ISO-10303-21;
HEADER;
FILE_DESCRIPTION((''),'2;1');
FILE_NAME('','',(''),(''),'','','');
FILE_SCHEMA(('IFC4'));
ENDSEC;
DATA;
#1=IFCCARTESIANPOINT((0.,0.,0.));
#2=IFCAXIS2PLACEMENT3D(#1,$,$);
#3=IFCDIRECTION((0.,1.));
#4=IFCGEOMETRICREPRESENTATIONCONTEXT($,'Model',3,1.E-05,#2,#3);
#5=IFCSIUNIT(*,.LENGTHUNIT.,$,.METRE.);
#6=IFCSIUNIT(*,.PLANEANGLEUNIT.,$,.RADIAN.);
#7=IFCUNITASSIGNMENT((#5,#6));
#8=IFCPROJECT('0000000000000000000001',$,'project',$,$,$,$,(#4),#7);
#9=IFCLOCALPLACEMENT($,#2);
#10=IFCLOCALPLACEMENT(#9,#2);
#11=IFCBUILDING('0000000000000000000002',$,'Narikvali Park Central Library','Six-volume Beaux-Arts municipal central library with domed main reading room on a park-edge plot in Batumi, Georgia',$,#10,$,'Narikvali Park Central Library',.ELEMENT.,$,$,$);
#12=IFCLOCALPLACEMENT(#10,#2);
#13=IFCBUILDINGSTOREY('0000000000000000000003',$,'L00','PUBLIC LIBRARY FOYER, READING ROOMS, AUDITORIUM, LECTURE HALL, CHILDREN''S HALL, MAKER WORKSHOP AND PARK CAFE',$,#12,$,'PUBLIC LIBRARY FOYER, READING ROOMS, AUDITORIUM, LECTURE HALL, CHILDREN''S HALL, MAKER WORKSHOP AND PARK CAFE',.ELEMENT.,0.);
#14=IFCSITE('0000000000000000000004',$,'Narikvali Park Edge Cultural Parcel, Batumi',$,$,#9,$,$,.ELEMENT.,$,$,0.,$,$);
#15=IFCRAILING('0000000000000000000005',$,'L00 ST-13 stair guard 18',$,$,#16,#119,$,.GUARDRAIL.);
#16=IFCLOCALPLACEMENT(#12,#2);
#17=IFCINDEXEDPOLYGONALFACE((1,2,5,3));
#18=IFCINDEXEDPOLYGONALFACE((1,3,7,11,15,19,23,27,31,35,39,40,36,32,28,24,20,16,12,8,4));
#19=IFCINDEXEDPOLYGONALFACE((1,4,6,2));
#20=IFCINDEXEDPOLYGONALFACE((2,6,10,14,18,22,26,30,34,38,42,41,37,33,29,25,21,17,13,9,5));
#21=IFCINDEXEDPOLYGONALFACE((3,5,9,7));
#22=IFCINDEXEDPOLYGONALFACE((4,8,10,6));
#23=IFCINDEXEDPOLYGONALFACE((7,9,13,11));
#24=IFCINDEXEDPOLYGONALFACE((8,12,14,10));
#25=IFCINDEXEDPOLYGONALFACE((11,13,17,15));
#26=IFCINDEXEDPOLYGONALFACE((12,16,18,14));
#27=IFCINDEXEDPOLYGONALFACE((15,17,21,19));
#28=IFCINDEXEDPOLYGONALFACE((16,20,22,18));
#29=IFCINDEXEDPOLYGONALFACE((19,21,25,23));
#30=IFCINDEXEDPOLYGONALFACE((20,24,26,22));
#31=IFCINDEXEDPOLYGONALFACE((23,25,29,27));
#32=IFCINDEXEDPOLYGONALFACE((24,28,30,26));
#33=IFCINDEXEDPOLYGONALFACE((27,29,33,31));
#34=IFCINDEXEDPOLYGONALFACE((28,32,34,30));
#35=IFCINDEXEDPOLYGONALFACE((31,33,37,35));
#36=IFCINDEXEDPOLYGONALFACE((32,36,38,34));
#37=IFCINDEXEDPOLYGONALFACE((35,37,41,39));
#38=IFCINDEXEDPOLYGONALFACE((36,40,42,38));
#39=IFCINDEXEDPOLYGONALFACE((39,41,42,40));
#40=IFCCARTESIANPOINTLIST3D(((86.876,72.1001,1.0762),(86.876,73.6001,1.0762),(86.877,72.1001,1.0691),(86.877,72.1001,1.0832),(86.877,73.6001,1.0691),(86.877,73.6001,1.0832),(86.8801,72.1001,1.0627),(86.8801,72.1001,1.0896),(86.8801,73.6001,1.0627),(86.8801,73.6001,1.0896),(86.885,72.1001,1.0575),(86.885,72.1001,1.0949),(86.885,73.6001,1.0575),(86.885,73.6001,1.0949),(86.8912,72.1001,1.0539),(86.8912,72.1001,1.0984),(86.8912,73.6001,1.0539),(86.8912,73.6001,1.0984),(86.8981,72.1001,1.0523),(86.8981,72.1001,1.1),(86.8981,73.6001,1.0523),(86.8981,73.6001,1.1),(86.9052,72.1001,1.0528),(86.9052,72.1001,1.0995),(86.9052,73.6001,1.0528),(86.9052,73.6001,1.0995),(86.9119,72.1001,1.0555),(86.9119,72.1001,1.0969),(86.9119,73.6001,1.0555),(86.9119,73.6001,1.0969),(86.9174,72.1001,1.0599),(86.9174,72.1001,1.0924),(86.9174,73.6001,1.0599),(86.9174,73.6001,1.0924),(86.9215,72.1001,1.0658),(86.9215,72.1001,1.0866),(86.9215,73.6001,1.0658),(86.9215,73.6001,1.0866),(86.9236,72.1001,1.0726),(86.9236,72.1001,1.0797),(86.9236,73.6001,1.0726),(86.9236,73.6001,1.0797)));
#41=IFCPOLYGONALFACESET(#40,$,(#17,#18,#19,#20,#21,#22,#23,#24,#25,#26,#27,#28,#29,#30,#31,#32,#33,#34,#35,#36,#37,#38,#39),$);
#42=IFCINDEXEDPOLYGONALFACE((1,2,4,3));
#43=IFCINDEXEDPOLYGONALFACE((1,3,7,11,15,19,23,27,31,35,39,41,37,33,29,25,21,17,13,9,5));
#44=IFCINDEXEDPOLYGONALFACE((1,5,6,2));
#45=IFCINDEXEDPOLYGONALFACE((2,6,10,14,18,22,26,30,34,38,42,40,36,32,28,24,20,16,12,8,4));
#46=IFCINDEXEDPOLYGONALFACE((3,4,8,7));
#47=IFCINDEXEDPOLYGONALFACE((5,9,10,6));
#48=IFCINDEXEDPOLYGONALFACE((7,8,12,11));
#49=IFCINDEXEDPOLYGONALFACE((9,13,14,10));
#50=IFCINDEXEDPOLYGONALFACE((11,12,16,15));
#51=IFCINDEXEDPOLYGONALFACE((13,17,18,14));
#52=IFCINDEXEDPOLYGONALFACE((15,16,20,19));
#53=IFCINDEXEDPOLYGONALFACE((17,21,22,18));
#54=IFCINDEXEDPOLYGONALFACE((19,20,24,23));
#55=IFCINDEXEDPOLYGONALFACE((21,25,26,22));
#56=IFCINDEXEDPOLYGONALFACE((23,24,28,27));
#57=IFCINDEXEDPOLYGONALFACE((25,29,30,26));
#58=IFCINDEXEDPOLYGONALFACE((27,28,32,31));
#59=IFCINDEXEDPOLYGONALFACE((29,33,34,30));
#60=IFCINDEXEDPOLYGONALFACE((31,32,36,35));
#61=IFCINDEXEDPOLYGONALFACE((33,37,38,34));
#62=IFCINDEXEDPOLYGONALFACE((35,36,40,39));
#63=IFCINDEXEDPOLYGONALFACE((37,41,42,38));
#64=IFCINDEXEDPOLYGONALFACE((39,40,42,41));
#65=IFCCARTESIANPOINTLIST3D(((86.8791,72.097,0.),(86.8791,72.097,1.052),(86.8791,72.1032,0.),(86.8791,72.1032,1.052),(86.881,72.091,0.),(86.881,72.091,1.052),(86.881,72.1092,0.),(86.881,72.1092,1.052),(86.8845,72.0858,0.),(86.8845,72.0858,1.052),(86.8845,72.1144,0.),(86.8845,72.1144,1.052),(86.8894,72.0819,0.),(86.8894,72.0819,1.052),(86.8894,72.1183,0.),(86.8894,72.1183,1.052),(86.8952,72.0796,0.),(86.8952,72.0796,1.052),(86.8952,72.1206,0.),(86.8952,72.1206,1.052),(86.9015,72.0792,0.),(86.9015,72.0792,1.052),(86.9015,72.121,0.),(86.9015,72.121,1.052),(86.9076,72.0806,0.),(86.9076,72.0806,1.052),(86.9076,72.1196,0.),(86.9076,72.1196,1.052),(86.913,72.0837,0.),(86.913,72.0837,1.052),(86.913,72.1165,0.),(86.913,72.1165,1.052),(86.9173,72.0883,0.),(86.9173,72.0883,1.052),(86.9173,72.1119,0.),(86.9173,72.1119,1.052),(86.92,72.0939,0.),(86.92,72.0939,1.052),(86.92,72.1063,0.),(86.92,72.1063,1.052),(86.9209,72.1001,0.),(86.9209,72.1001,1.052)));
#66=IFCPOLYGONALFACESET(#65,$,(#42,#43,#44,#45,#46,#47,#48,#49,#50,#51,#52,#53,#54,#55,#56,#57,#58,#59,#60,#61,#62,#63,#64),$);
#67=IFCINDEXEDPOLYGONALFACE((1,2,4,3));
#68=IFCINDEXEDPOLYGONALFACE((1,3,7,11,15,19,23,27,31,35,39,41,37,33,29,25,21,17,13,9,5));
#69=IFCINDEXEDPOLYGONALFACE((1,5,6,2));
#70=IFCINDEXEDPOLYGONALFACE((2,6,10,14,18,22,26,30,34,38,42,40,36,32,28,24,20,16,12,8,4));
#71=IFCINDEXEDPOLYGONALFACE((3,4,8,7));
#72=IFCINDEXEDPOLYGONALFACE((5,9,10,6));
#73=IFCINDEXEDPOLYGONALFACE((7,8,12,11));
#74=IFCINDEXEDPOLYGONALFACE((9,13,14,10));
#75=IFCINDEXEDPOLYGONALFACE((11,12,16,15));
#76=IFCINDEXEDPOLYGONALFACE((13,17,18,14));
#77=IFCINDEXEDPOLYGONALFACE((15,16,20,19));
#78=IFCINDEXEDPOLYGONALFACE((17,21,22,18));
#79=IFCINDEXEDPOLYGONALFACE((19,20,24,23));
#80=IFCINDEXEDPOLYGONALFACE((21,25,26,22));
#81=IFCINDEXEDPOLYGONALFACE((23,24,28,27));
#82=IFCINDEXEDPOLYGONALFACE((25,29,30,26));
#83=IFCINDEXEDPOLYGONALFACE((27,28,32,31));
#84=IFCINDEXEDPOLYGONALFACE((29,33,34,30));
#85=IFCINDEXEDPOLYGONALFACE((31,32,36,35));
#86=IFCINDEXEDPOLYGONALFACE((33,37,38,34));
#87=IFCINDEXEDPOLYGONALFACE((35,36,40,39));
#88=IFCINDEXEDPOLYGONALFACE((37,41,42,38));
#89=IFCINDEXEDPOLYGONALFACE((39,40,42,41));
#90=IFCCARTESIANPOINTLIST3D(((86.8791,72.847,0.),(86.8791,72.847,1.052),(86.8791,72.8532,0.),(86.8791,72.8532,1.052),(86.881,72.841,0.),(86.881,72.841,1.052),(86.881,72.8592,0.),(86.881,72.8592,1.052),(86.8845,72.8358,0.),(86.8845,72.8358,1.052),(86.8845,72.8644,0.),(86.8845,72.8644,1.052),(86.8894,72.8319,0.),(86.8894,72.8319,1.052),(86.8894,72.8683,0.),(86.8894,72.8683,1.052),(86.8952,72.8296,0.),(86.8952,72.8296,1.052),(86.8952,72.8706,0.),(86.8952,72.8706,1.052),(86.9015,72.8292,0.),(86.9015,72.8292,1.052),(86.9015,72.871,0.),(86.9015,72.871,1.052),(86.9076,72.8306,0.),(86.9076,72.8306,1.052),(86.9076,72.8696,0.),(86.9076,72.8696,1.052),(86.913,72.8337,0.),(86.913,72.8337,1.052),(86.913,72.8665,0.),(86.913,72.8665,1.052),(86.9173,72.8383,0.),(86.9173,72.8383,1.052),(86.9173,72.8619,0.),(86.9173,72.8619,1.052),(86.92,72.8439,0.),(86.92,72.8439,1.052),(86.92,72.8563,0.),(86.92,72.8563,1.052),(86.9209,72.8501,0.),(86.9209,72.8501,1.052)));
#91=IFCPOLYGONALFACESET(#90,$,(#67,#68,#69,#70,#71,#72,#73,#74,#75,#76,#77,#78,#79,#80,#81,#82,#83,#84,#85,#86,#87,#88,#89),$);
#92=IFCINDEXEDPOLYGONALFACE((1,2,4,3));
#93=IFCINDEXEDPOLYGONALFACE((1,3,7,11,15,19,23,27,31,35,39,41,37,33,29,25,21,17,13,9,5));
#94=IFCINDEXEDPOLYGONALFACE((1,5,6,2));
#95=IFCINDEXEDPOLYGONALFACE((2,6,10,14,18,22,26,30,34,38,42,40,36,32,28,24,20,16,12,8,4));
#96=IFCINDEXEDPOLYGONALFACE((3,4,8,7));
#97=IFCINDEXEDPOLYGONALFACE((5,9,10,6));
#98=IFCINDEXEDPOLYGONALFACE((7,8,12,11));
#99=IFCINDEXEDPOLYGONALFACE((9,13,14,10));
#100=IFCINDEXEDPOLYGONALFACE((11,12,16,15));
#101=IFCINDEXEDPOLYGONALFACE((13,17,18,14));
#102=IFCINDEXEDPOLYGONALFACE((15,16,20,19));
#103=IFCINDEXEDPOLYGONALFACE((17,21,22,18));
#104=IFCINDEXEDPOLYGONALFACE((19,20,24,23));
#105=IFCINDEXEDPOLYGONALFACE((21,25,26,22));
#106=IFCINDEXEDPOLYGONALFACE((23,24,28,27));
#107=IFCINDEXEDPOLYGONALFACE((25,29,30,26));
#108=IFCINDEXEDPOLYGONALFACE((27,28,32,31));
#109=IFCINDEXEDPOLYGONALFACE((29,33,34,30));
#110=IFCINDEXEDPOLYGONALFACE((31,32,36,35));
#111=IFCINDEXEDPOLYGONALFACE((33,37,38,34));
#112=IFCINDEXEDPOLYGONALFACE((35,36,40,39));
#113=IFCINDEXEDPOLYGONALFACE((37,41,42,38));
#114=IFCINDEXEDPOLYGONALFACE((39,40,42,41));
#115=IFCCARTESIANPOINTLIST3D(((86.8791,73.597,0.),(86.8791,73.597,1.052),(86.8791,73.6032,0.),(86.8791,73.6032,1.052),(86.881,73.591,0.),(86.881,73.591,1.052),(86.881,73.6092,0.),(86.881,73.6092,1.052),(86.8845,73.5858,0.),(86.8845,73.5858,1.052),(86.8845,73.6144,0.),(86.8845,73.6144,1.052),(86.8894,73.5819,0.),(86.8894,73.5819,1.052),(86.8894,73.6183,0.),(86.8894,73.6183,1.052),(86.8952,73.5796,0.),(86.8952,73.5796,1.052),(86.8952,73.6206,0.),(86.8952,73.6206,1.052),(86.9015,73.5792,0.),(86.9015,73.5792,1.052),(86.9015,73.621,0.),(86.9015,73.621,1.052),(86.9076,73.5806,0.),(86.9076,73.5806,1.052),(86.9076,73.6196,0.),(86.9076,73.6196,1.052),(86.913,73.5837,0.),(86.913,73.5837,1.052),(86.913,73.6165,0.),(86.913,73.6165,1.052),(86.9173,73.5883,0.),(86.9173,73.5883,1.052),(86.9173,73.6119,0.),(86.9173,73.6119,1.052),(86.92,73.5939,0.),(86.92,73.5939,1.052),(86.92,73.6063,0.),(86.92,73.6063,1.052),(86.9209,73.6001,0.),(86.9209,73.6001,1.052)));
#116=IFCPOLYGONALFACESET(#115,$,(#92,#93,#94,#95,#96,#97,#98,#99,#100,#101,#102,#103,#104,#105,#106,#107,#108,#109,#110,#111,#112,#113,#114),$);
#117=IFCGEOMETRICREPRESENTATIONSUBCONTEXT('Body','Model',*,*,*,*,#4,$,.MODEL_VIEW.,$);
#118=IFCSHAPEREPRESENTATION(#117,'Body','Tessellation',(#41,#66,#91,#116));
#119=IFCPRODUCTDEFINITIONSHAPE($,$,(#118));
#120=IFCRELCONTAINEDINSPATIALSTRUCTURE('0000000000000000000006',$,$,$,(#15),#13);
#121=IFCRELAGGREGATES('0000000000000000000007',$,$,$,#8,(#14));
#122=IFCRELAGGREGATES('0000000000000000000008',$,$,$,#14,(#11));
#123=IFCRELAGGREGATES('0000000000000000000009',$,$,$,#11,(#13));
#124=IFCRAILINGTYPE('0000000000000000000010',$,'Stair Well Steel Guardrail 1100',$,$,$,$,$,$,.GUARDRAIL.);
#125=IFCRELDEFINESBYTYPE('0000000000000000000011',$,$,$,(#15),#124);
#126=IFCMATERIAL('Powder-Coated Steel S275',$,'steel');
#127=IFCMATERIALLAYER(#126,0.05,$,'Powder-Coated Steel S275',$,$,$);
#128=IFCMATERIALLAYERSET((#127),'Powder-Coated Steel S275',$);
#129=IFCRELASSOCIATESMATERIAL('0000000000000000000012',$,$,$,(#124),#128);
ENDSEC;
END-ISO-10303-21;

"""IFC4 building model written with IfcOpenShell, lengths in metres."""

from ifc_helpers import new_model, si_unit, direction, frame, origin, origin_2d, place, context, subcontext, project, spatial, circle, extrude, material, layer, layer_set, type_object, element, save


model = new_model("IFC4")

# Units and contexts
model_context = context("Model", 3, precision=1e-05, world=origin(), true_north=direction((0.0, 1.0)))
body_context = subcontext(model_context, "Body", "Model", "MODEL_VIEW")
ifc_project = project(units=[si_unit("LENGTHUNIT", "METRE"), si_unit("PLANEANGLEUNIT", "RADIAN")], contexts=[model_context])

# Site, building, storey
site_placement = place(None, origin())
site = spatial("IfcSite", under=ifc_project, at=site_placement, Name="Narikvali Park Edge Cultural Parcel, Batumi", CompositionType="ELEMENT", RefElevation=0.0)
building_placement = place(site_placement, origin())
building = spatial("IfcBuilding", under=site, at=building_placement, Name="Narikvali Park Central Library", Description="Six-volume Beaux-Arts municipal central library with domed main reading room on a park-edge plot in Batumi, Georgia", LongName="Narikvali Park Central Library", CompositionType="ELEMENT")
storey_placement = place(building_placement, origin())
storey = spatial("IfcBuildingStorey", under=building, at=storey_placement, Name="L00", Description="PUBLIC LIBRARY FOYER, READING ROOMS, AUDITORIUM, LECTURE HALL, CHILDREN'S HALL, MAKER WORKSHOP AND PARK CAFE", LongName="PUBLIC LIBRARY FOYER, READING ROOMS, AUDITORIUM, LECTURE HALL, CHILDREN'S HALL, MAKER WORKSHOP AND PARK CAFE", CompositionType="ELEMENT", Elevation=0.0)

# Railing
ifc_material_1 = material(Name="Powder-Coated Steel S275", Category="steel")
ifc_layer_1 = layer(ifc_material_1, 0.05, Name="Powder-Coated Steel S275")
ifc_layer_set_1 = layer_set([ifc_layer_1], Name="Powder-Coated Steel S275")
railing_type_1 = type_object("IfcRailingType", Name="Stair Well Steel Guardrail 1100", PredefinedType="GUARDRAIL", material=ifc_layer_set_1)
for number, where, name in (
    (1, (86.8999, 72.1001, 0.0), "L00 ST-13 stair guard 18"),
):
    element("IfcRailing", number, at=place(storey_placement, frame(where)), inside=storey, type_object=railing_type_1, Name=name, PredefinedType="GUARDRAIL", context=body_context, shape_type="SweptSolid", body=[
        extrude(circle(Radius=0.0239, at=origin_2d()), frame((0.0, 0.0, 1.0762), z_axis=(0.0, 1.0, 0.0), x_axis=(-1.0, 0.0, 0.0)), (0.0, 0.0, 1.0), 1.5),
        extrude(circle(Radius=0.021, at=origin_2d()), origin(), (0.0, 0.0, 1.0), 1.052),
        extrude(circle(Radius=0.021, at=origin_2d()), frame((0.0, 0.75, 0.0)), (0.0, 0.0, 1.0), 1.052),
        extrude(circle(Radius=0.021, at=origin_2d()), frame((0.0, 1.5, 0.0)), (0.0, 0.0, 1.0), 1.052),
    ])

save(model, "model.ifc")
